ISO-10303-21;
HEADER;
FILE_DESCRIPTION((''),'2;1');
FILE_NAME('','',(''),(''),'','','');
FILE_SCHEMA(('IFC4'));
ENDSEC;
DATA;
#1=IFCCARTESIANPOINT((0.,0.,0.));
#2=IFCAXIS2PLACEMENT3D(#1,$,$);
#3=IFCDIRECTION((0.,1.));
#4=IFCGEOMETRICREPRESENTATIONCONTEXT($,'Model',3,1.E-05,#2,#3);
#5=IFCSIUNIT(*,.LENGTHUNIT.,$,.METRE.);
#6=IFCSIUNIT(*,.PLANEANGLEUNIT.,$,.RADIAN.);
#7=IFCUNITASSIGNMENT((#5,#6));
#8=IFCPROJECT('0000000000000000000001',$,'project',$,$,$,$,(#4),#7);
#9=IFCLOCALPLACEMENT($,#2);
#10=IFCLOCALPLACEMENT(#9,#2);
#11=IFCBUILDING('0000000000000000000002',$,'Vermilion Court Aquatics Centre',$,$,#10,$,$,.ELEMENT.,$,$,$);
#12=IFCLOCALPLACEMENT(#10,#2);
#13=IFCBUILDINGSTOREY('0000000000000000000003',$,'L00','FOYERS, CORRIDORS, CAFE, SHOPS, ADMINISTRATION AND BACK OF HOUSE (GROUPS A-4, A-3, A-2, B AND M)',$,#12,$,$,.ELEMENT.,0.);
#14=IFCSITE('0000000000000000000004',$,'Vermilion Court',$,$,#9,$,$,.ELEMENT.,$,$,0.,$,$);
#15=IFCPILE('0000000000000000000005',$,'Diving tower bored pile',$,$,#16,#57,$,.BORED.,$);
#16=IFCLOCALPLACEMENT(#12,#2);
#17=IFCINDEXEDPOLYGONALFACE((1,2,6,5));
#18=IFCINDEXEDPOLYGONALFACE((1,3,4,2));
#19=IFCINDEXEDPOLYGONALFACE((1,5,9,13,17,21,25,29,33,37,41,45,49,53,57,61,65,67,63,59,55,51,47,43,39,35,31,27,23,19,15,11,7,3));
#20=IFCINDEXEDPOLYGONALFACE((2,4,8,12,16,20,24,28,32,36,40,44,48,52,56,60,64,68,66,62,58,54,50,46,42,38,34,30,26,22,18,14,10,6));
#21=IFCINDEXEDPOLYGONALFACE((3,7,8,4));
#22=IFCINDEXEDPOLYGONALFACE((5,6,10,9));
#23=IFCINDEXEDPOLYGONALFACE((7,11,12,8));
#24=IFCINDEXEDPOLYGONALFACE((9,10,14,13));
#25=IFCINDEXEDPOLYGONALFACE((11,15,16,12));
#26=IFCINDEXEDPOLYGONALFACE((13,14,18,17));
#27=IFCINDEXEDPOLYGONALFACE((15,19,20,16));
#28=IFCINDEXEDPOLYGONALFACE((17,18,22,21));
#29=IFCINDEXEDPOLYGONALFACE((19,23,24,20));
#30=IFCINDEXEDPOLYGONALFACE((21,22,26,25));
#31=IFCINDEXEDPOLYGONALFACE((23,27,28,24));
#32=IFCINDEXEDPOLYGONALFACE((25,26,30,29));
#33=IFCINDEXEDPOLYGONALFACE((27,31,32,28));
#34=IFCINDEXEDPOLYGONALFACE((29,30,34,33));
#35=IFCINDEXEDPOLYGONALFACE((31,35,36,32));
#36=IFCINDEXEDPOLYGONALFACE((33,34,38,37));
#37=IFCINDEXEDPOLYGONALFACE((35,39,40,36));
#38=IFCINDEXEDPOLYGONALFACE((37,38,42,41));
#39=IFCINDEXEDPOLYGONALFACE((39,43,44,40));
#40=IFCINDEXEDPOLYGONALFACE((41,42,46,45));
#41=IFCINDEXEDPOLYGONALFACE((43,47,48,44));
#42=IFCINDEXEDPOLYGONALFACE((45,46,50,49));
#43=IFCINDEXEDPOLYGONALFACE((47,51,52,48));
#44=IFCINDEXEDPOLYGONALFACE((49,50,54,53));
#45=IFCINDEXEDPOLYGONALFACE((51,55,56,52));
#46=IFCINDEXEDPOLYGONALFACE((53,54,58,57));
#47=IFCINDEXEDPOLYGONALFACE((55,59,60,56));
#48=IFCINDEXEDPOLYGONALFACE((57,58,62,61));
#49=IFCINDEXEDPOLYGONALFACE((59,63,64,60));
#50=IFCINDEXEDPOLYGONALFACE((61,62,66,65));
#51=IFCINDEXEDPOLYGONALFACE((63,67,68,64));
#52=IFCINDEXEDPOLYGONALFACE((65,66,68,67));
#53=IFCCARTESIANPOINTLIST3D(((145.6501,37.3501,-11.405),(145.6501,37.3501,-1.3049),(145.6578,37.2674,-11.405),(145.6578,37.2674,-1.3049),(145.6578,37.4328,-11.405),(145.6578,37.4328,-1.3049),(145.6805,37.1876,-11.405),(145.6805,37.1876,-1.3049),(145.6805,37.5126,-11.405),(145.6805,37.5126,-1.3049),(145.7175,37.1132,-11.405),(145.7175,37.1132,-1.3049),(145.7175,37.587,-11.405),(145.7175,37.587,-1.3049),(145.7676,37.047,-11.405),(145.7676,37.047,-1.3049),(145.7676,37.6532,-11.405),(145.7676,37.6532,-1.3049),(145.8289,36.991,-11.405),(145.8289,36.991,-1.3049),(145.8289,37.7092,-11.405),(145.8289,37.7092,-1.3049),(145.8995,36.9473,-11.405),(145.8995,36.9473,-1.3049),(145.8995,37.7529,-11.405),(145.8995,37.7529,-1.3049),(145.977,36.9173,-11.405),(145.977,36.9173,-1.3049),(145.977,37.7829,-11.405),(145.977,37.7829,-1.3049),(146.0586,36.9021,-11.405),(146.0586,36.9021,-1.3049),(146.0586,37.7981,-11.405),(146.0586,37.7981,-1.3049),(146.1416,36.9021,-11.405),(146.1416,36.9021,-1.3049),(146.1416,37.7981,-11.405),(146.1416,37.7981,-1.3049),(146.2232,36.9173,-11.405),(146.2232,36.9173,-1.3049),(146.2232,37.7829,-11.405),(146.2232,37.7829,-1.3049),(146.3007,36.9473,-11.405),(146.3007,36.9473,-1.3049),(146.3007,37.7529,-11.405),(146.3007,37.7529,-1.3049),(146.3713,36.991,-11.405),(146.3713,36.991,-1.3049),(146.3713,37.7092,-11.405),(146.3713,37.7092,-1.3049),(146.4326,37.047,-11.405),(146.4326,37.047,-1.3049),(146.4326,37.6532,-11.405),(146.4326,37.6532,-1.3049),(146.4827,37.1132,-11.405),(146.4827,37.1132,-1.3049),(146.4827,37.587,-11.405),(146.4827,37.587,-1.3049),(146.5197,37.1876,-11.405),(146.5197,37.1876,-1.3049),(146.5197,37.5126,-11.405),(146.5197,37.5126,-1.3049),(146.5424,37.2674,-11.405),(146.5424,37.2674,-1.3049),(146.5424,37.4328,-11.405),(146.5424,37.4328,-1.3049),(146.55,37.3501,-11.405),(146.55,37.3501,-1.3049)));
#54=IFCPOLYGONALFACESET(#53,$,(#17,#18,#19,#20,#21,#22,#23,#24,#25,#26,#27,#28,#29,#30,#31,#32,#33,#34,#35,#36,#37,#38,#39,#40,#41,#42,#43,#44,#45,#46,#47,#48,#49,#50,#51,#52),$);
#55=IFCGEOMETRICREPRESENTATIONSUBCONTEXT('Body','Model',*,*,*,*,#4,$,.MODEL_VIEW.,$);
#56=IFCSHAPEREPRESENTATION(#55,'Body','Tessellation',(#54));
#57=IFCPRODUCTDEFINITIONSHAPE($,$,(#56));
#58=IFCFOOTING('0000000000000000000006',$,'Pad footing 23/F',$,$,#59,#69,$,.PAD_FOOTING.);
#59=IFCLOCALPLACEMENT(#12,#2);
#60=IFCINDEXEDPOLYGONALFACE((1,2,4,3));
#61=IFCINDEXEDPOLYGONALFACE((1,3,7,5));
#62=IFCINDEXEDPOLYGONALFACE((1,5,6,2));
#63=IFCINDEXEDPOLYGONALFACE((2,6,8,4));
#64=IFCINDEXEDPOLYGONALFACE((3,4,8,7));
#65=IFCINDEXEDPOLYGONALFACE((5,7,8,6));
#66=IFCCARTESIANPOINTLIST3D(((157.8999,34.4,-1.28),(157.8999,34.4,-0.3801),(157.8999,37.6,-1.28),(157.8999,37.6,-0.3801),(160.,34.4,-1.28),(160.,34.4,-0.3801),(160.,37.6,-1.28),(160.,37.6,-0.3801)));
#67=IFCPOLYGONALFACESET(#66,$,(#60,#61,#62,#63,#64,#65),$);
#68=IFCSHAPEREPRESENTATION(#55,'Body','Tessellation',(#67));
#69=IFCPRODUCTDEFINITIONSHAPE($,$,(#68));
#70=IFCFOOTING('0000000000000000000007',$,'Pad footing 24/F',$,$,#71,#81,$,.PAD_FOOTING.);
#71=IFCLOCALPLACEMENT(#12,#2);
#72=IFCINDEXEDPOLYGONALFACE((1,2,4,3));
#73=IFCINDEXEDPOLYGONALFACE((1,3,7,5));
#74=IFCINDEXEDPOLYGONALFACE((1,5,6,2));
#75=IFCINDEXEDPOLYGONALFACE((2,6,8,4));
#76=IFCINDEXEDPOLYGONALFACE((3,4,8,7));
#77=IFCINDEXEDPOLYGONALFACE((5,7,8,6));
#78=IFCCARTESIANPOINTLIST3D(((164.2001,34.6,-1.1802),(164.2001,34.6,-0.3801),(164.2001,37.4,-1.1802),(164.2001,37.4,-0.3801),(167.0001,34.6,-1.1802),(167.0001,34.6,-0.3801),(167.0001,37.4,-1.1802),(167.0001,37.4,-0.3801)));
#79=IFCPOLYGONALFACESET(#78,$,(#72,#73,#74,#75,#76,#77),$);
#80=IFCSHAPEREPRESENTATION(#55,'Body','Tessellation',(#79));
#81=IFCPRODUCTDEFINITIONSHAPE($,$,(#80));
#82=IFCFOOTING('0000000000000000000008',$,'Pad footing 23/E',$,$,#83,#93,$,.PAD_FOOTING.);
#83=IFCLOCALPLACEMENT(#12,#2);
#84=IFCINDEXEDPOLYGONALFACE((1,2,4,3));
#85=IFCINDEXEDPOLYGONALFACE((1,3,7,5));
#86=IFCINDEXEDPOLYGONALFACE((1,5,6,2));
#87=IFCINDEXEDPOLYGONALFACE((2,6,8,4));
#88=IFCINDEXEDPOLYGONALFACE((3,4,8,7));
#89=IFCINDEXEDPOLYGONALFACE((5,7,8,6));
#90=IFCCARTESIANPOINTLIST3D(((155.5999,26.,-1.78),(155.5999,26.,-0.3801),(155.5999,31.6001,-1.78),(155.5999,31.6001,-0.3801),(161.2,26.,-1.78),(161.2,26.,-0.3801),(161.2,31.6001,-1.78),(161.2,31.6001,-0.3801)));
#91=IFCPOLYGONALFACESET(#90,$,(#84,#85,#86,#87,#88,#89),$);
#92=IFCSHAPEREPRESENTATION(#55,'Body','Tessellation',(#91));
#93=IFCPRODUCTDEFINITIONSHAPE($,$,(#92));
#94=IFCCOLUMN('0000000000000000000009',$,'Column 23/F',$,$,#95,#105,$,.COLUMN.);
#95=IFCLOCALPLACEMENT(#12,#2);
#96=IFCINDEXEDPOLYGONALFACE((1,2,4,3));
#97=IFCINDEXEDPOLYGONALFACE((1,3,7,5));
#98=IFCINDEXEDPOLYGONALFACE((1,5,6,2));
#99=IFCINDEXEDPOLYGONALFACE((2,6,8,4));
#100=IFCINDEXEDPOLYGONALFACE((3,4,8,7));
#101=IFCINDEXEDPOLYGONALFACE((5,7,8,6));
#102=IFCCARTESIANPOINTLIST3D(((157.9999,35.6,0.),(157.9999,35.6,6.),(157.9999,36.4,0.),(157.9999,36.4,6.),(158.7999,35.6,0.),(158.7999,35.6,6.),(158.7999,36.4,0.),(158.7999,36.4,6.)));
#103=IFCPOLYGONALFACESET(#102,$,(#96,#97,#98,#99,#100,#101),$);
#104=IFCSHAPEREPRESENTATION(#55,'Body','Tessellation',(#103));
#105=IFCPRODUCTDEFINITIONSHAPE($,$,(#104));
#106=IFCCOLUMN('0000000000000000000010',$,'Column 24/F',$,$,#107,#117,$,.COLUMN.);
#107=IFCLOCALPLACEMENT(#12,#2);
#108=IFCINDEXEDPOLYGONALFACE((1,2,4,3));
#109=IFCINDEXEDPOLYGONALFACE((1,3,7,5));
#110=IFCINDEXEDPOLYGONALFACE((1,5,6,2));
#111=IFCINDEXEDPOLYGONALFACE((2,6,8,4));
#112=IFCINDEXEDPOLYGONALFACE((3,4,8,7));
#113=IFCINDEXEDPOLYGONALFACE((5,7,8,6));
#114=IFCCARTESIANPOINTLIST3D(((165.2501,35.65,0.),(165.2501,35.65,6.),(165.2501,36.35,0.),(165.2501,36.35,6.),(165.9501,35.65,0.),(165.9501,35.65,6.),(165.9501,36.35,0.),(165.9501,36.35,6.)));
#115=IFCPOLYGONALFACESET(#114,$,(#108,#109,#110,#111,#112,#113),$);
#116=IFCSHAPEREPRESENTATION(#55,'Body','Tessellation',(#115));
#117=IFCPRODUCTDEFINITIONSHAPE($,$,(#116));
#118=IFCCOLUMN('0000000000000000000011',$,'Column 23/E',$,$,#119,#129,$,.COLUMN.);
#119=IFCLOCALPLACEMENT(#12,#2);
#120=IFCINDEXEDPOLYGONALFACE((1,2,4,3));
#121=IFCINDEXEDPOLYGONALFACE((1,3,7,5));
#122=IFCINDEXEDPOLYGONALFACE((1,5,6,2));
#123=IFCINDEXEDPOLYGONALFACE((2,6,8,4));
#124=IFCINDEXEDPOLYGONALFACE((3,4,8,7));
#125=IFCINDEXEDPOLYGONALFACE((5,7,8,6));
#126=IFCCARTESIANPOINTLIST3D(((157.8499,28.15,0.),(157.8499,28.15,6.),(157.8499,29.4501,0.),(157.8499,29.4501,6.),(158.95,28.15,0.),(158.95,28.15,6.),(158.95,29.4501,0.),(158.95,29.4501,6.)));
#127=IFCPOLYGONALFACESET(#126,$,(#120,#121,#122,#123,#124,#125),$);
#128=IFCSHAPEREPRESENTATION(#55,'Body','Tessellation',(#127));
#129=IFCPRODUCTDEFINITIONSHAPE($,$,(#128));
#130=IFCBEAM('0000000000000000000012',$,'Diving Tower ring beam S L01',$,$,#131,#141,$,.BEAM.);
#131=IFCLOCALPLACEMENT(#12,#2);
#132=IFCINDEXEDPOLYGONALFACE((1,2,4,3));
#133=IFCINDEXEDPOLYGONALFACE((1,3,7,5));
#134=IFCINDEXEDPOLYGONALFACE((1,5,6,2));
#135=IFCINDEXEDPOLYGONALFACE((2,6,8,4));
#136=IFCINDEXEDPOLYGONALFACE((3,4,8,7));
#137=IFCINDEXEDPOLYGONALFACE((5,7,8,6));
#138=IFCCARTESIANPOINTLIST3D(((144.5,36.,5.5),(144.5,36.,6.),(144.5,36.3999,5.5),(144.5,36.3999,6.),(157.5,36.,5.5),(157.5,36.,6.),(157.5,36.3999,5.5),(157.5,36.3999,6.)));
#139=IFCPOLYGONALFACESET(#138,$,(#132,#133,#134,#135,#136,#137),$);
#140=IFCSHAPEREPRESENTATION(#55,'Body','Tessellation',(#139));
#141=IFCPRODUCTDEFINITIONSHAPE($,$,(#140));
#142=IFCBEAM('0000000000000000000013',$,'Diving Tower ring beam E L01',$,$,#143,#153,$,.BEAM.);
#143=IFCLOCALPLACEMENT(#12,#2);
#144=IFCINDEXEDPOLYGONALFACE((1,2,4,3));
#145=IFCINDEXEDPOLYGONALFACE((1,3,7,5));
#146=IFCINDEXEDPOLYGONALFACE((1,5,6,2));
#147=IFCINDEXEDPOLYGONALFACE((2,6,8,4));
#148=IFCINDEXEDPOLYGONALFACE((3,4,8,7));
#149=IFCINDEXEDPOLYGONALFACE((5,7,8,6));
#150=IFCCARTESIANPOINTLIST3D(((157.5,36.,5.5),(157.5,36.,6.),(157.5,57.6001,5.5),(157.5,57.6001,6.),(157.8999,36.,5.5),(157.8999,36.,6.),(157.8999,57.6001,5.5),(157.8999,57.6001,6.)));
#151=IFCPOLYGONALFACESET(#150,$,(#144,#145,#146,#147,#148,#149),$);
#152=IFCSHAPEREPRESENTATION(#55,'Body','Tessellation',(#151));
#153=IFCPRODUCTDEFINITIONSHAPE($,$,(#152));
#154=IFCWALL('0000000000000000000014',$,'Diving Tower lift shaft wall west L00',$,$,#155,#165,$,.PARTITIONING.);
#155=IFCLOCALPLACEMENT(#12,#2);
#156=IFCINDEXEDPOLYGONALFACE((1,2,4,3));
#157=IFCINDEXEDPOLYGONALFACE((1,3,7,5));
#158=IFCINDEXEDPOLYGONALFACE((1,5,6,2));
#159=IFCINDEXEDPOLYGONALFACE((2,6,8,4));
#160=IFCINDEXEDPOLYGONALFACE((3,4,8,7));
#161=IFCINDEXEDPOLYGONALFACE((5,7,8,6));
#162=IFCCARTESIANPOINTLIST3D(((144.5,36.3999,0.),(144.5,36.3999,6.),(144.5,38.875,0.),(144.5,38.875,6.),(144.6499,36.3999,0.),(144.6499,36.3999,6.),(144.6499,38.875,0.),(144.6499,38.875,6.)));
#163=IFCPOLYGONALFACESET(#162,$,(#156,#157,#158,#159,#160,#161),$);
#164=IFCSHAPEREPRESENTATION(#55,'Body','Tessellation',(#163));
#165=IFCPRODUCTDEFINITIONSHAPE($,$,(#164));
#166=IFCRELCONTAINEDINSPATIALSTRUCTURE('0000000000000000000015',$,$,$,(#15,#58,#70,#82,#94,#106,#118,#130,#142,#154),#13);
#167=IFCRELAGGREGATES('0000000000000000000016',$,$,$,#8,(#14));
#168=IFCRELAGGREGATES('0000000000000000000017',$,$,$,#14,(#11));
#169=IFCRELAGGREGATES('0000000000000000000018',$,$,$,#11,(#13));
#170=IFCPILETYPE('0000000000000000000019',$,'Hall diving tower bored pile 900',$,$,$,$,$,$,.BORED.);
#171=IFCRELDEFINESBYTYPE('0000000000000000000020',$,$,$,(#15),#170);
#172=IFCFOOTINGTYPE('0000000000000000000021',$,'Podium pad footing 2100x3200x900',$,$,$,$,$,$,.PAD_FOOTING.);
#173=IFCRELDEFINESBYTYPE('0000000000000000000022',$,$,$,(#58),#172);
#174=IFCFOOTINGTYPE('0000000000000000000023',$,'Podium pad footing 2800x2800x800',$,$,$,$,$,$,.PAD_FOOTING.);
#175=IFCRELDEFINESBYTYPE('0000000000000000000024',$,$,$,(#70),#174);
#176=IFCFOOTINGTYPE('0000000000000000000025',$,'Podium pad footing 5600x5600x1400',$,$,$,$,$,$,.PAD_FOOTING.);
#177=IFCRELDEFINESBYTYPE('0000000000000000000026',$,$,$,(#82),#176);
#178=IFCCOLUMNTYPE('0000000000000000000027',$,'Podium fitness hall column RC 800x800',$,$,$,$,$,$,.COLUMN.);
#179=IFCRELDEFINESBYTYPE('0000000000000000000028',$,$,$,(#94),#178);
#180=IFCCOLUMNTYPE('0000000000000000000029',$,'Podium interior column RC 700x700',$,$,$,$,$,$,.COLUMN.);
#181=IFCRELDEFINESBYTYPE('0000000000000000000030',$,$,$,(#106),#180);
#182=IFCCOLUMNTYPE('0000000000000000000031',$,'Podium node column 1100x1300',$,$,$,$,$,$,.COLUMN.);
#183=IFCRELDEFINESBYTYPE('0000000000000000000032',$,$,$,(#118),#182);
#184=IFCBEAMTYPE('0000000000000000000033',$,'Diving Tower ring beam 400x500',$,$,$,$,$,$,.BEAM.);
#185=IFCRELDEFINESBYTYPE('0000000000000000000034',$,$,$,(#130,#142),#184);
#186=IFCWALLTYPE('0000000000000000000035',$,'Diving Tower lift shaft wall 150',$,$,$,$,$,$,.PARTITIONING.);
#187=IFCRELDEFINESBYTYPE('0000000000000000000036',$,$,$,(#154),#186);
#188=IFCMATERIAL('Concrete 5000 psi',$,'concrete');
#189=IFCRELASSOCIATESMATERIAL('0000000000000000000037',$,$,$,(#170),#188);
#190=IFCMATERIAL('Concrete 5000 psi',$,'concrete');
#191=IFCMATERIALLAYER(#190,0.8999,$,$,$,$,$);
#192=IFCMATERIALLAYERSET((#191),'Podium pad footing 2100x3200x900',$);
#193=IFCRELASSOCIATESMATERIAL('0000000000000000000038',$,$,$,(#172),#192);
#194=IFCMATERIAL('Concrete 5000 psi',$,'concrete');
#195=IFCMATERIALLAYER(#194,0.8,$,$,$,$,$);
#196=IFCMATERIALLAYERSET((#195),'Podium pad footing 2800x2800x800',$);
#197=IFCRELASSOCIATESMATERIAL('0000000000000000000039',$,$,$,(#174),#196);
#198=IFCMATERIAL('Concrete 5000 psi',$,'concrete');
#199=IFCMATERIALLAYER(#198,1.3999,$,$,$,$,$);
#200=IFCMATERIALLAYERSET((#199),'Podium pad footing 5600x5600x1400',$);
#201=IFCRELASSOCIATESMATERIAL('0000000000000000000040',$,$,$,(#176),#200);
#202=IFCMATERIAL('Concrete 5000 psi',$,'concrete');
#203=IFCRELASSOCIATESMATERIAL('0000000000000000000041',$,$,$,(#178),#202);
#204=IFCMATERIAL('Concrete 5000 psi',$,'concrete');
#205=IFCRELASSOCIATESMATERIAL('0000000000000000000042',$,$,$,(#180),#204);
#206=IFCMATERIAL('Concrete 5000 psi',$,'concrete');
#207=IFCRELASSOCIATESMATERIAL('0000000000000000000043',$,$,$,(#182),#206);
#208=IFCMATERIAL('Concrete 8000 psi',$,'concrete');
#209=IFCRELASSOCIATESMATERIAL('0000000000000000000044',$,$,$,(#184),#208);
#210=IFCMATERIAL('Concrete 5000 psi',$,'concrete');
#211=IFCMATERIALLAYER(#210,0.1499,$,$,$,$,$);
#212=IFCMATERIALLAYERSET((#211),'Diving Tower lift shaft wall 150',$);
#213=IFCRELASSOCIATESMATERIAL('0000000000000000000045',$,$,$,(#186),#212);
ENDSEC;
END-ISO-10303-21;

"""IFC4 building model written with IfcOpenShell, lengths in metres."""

from ifc_helpers import new_model, si_unit, direction, frame, frame_2d, origin, origin_2d, place, context, subcontext, project, spatial, rectangle, circle, extrude, material, layer, layer_set, material_profile, profile_set, type_object, element, save


model = new_model("IFC4")

# Units and contexts
model_context = context("Model", 3, precision=1e-05, world=origin(), true_north=direction((0.0, 1.0)))
body_context = subcontext(model_context, "Body", "Model", "MODEL_VIEW")
ifc_project = project(units=[si_unit("LENGTHUNIT", "METRE"), si_unit("PLANEANGLEUNIT", "RADIAN")], contexts=[model_context])

# Site, building, storey
site_placement = place(None, origin())
site = spatial("IfcSite", under=ifc_project, at=site_placement, Name="Vermilion Court", CompositionType="ELEMENT", RefElevation=0.0)
building_placement = place(site_placement, origin())
building = spatial("IfcBuilding", under=site, at=building_placement, Name="Vermilion Court Aquatics Centre", CompositionType="ELEMENT")
storey_placement = place(building_placement, origin())
storey = spatial("IfcBuildingStorey", under=building, at=storey_placement, Name="L00", Description="FOYERS, CORRIDORS, CAFE, SHOPS, ADMINISTRATION AND BACK OF HOUSE (GROUPS A-4, A-3, A-2, B AND M)", CompositionType="ELEMENT", Elevation=0.0)

# Pile
ifc_material_1 = material(Name="Concrete 5000 psi", Category="concrete")
ifc_material_profile_1 = material_profile(ifc_material_1, circle(Radius=0.45, at=origin_2d()), Name="D900")
ifc_profile_set_1 = profile_set([ifc_material_profile_1], Name="Concrete 5000 psi")
pile_type = type_object("IfcPileType", Name="Hall diving tower bored pile 900", PredefinedType="BORED", material=ifc_profile_set_1)
pile_placement = place(storey_placement, frame((146.1001, 37.3501, -1.3049), z_axis=(0.0, 0.0, -1.0), x_axis=(1.0, 0.0, 0.0)))
element("IfcPile", 1, at=pile_placement, inside=storey, type_object=pile_type, Name="Diving tower bored pile", PredefinedType="BORED", context=body_context, shape_type="SweptSolid", body=[
    extrude(circle(Radius=0.45, at=origin_2d()), origin(), (0.0, 0.0, 1.0), 10.1001),
])

# Footings
ifc_material_2 = material(Name="Concrete 5000 psi", Category="concrete")
ifc_layer_1 = layer(ifc_material_2, 0.8999)
ifc_layer_set_1 = layer_set([ifc_layer_1], Name="Podium pad footing 2100x3200x900")
footing_type_1 = type_object("IfcFootingType", Name="Podium pad footing 2100x3200x900", PredefinedType="PAD_FOOTING", material=ifc_layer_set_1)
footing_1_placement = place(storey_placement, frame((158.95, 36.0, -1.28), z_axis=(0.0, 0.0, 1.0), x_axis=(1.0, 0.0, 0.0)))
element("IfcFooting", 2, at=footing_1_placement, inside=storey, type_object=footing_type_1, Name="Pad footing 23/F", PredefinedType="PAD_FOOTING", context=body_context, shape_type="SweptSolid", body=[
    extrude(rectangle(XDim=2.1001, YDim=3.2, at=origin_2d()), origin(), (0.0, 0.0, 1.0), 0.8999),
])
ifc_material_3 = material(Name="Concrete 5000 psi", Category="concrete")
ifc_layer_2 = layer(ifc_material_3, 0.8)
ifc_layer_set_2 = layer_set([ifc_layer_2], Name="Podium pad footing 2800x2800x800")
footing_type_2 = type_object("IfcFootingType", Name="Podium pad footing 2800x2800x800", PredefinedType="PAD_FOOTING", material=ifc_layer_set_2)
footing_2_placement = place(storey_placement, frame((165.6001, 36.0, -1.1802), z_axis=(0.0, 0.0, 1.0), x_axis=(1.0, 0.0, 0.0)))
element("IfcFooting", 3, at=footing_2_placement, inside=storey, type_object=footing_type_2, Name="Pad footing 24/F", PredefinedType="PAD_FOOTING", context=body_context, shape_type="SweptSolid", body=[
    extrude(rectangle(XDim=2.8, YDim=2.8, at=origin_2d()), origin(), (0.0, 0.0, 1.0), 0.8),
])
ifc_material_4 = material(Name="Concrete 5000 psi", Category="concrete")
ifc_layer_3 = layer(ifc_material_4, 1.3999)
ifc_layer_set_3 = layer_set([ifc_layer_3], Name="Podium pad footing 5600x5600x1400")
footing_type_3 = type_object("IfcFootingType", Name="Podium pad footing 5600x5600x1400", PredefinedType="PAD_FOOTING", material=ifc_layer_set_3)
footing_3_placement = place(storey_placement, frame((158.3999, 28.8, -1.78), z_axis=(0.0, 0.0, 1.0), x_axis=(1.0, 0.0, 0.0)))
element("IfcFooting", 4, at=footing_3_placement, inside=storey, type_object=footing_type_3, Name="Pad footing 23/E", PredefinedType="PAD_FOOTING", context=body_context, shape_type="SweptSolid", body=[
    extrude(rectangle(XDim=5.6001, YDim=5.6001, at=origin_2d()), origin(), (0.0, 0.0, 1.0), 1.3999),
])

# Columns
ifc_material_5 = material(Name="Concrete 5000 psi", Category="concrete")
ifc_material_profile_2 = material_profile(ifc_material_5, rectangle(XDim=0.8, YDim=0.8, at=origin_2d()), Name="RC 800x800")
ifc_profile_set_2 = profile_set([ifc_material_profile_2], Name="Concrete 5000 psi")
column_type_1 = type_object("IfcColumnType", Name="Podium fitness hall column RC 800x800", PredefinedType="COLUMN", material=ifc_profile_set_2)
column_1_placement = place(storey_placement, frame((158.3999, 36.0, 0.0), z_axis=(0.0, 0.0, 1.0), x_axis=(1.0, 0.0, 0.0)))
element("IfcColumn", 5, at=column_1_placement, inside=storey, type_object=column_type_1, Name="Column 23/F", PredefinedType="COLUMN", context=body_context, shape_type="SweptSolid", body=[
    extrude(rectangle(XDim=0.8, YDim=0.8, at=origin_2d()), origin(), (0.0, 0.0, 1.0), 6.0),
])
ifc_material_6 = material(Name="Concrete 5000 psi", Category="concrete")
ifc_material_profile_3 = material_profile(ifc_material_6, rectangle(XDim=0.7, YDim=0.7, at=origin_2d()), Name="RC 700x700")
ifc_profile_set_3 = profile_set([ifc_material_profile_3], Name="Concrete 5000 psi")
column_type_2 = type_object("IfcColumnType", Name="Podium interior column RC 700x700", PredefinedType="COLUMN", material=ifc_profile_set_3)
column_2_placement = place(storey_placement, frame((165.6001, 36.0, 0.0), z_axis=(0.0, 0.0, 1.0), x_axis=(1.0, 0.0, 0.0)))
element("IfcColumn", 6, at=column_2_placement, inside=storey, type_object=column_type_2, Name="Column 24/F", PredefinedType="COLUMN", context=body_context, shape_type="SweptSolid", body=[
    extrude(rectangle(XDim=0.7, YDim=0.7, at=origin_2d()), origin(), (0.0, 0.0, 1.0), 6.0),
])
ifc_material_7 = material(Name="Concrete 5000 psi", Category="concrete")
ifc_material_profile_4 = material_profile(ifc_material_7, rectangle(XDim=1.1001, YDim=1.3, at=origin_2d()), Name="RC 1100x1300")
ifc_profile_set_4 = profile_set([ifc_material_profile_4], Name="Concrete 5000 psi")
column_type_3 = type_object("IfcColumnType", Name="Podium node column 1100x1300", PredefinedType="COLUMN", material=ifc_profile_set_4)
column_3_placement = place(storey_placement, frame((158.3999, 28.8, 0.0), z_axis=(0.0, 0.0, 1.0), x_axis=(1.0, 0.0, 0.0)))
element("IfcColumn", 7, at=column_3_placement, inside=storey, type_object=column_type_3, Name="Column 23/E", PredefinedType="COLUMN", context=body_context, shape_type="SweptSolid", body=[
    extrude(rectangle(XDim=1.1001, YDim=1.3, at=origin_2d()), origin(), (0.0, 0.0, 1.0), 6.0),
])

# Beams
ifc_material_8 = material(Name="Concrete 8000 psi", Category="concrete")
ifc_material_profile_5 = material_profile(ifc_material_8, rectangle(XDim=0.3999, YDim=0.5, at=origin_2d()), Name="RC 400x500")
ifc_profile_set_5 = profile_set([ifc_material_profile_5], Name="Concrete 8000 psi")
beam_type = type_object("IfcBeamType", Name="Diving Tower ring beam 400x500", PredefinedType="BEAM", material=ifc_profile_set_5)
beam_1_placement = place(storey_placement, frame((144.5, 36.2, 5.75), z_axis=(1.0, 0.0, 0.0), x_axis=(0.0, 1.0, 0.0)))
element("IfcBeam", 8, at=beam_1_placement, inside=storey, type_object=beam_type, Name="Diving Tower ring beam S L01", PredefinedType="BEAM", context=body_context, shape_type="SweptSolid", body=[
    extrude(rectangle(XDim=0.3999, YDim=0.5, at=origin_2d()), origin(), (0.0, 0.0, 1.0), 13.0),
])
beam_2_placement = place(storey_placement, frame((157.7, 36.0, 5.75), z_axis=(0.0, 1.0, 0.0), x_axis=(-1.0, 0.0, 0.0)))
element("IfcBeam", 9, at=beam_2_placement, inside=storey, type_object=beam_type, Name="Diving Tower ring beam E L01", PredefinedType="BEAM", context=body_context, shape_type="SweptSolid", body=[
    extrude(rectangle(XDim=0.3999, YDim=0.5, at=origin_2d()), origin(), (0.0, 0.0, 1.0), 21.6001),
])

# Wall
ifc_material_9 = material(Name="Concrete 5000 psi", Category="concrete")
ifc_layer_4 = layer(ifc_material_9, 0.1499)
ifc_layer_set_4 = layer_set([ifc_layer_4], Name="Diving Tower lift shaft wall 150")
wall_type_1 = type_object("IfcWallType", Name="Diving Tower lift shaft wall 150", PredefinedType="PARTITIONING", material=ifc_layer_set_4)
wall_1_placement = place(storey_placement, frame((144.575, 36.3999, 0.0), z_axis=(0.0, 0.0, 1.0), x_axis=(0.0, 1.0, 0.0)))
element("IfcWall", 10, at=wall_1_placement, inside=storey, type_object=wall_type_1, Name="Diving Tower lift shaft wall west L00", PredefinedType="PARTITIONING", context=body_context, shape_type="SweptSolid", body=[
    extrude(rectangle(XDim=2.4751, YDim=0.1499, at=frame_2d((1.2375, 0.0))), origin(), (0.0, 0.0, 1.0), 6.0),
])

save(model, "model.ifc")
